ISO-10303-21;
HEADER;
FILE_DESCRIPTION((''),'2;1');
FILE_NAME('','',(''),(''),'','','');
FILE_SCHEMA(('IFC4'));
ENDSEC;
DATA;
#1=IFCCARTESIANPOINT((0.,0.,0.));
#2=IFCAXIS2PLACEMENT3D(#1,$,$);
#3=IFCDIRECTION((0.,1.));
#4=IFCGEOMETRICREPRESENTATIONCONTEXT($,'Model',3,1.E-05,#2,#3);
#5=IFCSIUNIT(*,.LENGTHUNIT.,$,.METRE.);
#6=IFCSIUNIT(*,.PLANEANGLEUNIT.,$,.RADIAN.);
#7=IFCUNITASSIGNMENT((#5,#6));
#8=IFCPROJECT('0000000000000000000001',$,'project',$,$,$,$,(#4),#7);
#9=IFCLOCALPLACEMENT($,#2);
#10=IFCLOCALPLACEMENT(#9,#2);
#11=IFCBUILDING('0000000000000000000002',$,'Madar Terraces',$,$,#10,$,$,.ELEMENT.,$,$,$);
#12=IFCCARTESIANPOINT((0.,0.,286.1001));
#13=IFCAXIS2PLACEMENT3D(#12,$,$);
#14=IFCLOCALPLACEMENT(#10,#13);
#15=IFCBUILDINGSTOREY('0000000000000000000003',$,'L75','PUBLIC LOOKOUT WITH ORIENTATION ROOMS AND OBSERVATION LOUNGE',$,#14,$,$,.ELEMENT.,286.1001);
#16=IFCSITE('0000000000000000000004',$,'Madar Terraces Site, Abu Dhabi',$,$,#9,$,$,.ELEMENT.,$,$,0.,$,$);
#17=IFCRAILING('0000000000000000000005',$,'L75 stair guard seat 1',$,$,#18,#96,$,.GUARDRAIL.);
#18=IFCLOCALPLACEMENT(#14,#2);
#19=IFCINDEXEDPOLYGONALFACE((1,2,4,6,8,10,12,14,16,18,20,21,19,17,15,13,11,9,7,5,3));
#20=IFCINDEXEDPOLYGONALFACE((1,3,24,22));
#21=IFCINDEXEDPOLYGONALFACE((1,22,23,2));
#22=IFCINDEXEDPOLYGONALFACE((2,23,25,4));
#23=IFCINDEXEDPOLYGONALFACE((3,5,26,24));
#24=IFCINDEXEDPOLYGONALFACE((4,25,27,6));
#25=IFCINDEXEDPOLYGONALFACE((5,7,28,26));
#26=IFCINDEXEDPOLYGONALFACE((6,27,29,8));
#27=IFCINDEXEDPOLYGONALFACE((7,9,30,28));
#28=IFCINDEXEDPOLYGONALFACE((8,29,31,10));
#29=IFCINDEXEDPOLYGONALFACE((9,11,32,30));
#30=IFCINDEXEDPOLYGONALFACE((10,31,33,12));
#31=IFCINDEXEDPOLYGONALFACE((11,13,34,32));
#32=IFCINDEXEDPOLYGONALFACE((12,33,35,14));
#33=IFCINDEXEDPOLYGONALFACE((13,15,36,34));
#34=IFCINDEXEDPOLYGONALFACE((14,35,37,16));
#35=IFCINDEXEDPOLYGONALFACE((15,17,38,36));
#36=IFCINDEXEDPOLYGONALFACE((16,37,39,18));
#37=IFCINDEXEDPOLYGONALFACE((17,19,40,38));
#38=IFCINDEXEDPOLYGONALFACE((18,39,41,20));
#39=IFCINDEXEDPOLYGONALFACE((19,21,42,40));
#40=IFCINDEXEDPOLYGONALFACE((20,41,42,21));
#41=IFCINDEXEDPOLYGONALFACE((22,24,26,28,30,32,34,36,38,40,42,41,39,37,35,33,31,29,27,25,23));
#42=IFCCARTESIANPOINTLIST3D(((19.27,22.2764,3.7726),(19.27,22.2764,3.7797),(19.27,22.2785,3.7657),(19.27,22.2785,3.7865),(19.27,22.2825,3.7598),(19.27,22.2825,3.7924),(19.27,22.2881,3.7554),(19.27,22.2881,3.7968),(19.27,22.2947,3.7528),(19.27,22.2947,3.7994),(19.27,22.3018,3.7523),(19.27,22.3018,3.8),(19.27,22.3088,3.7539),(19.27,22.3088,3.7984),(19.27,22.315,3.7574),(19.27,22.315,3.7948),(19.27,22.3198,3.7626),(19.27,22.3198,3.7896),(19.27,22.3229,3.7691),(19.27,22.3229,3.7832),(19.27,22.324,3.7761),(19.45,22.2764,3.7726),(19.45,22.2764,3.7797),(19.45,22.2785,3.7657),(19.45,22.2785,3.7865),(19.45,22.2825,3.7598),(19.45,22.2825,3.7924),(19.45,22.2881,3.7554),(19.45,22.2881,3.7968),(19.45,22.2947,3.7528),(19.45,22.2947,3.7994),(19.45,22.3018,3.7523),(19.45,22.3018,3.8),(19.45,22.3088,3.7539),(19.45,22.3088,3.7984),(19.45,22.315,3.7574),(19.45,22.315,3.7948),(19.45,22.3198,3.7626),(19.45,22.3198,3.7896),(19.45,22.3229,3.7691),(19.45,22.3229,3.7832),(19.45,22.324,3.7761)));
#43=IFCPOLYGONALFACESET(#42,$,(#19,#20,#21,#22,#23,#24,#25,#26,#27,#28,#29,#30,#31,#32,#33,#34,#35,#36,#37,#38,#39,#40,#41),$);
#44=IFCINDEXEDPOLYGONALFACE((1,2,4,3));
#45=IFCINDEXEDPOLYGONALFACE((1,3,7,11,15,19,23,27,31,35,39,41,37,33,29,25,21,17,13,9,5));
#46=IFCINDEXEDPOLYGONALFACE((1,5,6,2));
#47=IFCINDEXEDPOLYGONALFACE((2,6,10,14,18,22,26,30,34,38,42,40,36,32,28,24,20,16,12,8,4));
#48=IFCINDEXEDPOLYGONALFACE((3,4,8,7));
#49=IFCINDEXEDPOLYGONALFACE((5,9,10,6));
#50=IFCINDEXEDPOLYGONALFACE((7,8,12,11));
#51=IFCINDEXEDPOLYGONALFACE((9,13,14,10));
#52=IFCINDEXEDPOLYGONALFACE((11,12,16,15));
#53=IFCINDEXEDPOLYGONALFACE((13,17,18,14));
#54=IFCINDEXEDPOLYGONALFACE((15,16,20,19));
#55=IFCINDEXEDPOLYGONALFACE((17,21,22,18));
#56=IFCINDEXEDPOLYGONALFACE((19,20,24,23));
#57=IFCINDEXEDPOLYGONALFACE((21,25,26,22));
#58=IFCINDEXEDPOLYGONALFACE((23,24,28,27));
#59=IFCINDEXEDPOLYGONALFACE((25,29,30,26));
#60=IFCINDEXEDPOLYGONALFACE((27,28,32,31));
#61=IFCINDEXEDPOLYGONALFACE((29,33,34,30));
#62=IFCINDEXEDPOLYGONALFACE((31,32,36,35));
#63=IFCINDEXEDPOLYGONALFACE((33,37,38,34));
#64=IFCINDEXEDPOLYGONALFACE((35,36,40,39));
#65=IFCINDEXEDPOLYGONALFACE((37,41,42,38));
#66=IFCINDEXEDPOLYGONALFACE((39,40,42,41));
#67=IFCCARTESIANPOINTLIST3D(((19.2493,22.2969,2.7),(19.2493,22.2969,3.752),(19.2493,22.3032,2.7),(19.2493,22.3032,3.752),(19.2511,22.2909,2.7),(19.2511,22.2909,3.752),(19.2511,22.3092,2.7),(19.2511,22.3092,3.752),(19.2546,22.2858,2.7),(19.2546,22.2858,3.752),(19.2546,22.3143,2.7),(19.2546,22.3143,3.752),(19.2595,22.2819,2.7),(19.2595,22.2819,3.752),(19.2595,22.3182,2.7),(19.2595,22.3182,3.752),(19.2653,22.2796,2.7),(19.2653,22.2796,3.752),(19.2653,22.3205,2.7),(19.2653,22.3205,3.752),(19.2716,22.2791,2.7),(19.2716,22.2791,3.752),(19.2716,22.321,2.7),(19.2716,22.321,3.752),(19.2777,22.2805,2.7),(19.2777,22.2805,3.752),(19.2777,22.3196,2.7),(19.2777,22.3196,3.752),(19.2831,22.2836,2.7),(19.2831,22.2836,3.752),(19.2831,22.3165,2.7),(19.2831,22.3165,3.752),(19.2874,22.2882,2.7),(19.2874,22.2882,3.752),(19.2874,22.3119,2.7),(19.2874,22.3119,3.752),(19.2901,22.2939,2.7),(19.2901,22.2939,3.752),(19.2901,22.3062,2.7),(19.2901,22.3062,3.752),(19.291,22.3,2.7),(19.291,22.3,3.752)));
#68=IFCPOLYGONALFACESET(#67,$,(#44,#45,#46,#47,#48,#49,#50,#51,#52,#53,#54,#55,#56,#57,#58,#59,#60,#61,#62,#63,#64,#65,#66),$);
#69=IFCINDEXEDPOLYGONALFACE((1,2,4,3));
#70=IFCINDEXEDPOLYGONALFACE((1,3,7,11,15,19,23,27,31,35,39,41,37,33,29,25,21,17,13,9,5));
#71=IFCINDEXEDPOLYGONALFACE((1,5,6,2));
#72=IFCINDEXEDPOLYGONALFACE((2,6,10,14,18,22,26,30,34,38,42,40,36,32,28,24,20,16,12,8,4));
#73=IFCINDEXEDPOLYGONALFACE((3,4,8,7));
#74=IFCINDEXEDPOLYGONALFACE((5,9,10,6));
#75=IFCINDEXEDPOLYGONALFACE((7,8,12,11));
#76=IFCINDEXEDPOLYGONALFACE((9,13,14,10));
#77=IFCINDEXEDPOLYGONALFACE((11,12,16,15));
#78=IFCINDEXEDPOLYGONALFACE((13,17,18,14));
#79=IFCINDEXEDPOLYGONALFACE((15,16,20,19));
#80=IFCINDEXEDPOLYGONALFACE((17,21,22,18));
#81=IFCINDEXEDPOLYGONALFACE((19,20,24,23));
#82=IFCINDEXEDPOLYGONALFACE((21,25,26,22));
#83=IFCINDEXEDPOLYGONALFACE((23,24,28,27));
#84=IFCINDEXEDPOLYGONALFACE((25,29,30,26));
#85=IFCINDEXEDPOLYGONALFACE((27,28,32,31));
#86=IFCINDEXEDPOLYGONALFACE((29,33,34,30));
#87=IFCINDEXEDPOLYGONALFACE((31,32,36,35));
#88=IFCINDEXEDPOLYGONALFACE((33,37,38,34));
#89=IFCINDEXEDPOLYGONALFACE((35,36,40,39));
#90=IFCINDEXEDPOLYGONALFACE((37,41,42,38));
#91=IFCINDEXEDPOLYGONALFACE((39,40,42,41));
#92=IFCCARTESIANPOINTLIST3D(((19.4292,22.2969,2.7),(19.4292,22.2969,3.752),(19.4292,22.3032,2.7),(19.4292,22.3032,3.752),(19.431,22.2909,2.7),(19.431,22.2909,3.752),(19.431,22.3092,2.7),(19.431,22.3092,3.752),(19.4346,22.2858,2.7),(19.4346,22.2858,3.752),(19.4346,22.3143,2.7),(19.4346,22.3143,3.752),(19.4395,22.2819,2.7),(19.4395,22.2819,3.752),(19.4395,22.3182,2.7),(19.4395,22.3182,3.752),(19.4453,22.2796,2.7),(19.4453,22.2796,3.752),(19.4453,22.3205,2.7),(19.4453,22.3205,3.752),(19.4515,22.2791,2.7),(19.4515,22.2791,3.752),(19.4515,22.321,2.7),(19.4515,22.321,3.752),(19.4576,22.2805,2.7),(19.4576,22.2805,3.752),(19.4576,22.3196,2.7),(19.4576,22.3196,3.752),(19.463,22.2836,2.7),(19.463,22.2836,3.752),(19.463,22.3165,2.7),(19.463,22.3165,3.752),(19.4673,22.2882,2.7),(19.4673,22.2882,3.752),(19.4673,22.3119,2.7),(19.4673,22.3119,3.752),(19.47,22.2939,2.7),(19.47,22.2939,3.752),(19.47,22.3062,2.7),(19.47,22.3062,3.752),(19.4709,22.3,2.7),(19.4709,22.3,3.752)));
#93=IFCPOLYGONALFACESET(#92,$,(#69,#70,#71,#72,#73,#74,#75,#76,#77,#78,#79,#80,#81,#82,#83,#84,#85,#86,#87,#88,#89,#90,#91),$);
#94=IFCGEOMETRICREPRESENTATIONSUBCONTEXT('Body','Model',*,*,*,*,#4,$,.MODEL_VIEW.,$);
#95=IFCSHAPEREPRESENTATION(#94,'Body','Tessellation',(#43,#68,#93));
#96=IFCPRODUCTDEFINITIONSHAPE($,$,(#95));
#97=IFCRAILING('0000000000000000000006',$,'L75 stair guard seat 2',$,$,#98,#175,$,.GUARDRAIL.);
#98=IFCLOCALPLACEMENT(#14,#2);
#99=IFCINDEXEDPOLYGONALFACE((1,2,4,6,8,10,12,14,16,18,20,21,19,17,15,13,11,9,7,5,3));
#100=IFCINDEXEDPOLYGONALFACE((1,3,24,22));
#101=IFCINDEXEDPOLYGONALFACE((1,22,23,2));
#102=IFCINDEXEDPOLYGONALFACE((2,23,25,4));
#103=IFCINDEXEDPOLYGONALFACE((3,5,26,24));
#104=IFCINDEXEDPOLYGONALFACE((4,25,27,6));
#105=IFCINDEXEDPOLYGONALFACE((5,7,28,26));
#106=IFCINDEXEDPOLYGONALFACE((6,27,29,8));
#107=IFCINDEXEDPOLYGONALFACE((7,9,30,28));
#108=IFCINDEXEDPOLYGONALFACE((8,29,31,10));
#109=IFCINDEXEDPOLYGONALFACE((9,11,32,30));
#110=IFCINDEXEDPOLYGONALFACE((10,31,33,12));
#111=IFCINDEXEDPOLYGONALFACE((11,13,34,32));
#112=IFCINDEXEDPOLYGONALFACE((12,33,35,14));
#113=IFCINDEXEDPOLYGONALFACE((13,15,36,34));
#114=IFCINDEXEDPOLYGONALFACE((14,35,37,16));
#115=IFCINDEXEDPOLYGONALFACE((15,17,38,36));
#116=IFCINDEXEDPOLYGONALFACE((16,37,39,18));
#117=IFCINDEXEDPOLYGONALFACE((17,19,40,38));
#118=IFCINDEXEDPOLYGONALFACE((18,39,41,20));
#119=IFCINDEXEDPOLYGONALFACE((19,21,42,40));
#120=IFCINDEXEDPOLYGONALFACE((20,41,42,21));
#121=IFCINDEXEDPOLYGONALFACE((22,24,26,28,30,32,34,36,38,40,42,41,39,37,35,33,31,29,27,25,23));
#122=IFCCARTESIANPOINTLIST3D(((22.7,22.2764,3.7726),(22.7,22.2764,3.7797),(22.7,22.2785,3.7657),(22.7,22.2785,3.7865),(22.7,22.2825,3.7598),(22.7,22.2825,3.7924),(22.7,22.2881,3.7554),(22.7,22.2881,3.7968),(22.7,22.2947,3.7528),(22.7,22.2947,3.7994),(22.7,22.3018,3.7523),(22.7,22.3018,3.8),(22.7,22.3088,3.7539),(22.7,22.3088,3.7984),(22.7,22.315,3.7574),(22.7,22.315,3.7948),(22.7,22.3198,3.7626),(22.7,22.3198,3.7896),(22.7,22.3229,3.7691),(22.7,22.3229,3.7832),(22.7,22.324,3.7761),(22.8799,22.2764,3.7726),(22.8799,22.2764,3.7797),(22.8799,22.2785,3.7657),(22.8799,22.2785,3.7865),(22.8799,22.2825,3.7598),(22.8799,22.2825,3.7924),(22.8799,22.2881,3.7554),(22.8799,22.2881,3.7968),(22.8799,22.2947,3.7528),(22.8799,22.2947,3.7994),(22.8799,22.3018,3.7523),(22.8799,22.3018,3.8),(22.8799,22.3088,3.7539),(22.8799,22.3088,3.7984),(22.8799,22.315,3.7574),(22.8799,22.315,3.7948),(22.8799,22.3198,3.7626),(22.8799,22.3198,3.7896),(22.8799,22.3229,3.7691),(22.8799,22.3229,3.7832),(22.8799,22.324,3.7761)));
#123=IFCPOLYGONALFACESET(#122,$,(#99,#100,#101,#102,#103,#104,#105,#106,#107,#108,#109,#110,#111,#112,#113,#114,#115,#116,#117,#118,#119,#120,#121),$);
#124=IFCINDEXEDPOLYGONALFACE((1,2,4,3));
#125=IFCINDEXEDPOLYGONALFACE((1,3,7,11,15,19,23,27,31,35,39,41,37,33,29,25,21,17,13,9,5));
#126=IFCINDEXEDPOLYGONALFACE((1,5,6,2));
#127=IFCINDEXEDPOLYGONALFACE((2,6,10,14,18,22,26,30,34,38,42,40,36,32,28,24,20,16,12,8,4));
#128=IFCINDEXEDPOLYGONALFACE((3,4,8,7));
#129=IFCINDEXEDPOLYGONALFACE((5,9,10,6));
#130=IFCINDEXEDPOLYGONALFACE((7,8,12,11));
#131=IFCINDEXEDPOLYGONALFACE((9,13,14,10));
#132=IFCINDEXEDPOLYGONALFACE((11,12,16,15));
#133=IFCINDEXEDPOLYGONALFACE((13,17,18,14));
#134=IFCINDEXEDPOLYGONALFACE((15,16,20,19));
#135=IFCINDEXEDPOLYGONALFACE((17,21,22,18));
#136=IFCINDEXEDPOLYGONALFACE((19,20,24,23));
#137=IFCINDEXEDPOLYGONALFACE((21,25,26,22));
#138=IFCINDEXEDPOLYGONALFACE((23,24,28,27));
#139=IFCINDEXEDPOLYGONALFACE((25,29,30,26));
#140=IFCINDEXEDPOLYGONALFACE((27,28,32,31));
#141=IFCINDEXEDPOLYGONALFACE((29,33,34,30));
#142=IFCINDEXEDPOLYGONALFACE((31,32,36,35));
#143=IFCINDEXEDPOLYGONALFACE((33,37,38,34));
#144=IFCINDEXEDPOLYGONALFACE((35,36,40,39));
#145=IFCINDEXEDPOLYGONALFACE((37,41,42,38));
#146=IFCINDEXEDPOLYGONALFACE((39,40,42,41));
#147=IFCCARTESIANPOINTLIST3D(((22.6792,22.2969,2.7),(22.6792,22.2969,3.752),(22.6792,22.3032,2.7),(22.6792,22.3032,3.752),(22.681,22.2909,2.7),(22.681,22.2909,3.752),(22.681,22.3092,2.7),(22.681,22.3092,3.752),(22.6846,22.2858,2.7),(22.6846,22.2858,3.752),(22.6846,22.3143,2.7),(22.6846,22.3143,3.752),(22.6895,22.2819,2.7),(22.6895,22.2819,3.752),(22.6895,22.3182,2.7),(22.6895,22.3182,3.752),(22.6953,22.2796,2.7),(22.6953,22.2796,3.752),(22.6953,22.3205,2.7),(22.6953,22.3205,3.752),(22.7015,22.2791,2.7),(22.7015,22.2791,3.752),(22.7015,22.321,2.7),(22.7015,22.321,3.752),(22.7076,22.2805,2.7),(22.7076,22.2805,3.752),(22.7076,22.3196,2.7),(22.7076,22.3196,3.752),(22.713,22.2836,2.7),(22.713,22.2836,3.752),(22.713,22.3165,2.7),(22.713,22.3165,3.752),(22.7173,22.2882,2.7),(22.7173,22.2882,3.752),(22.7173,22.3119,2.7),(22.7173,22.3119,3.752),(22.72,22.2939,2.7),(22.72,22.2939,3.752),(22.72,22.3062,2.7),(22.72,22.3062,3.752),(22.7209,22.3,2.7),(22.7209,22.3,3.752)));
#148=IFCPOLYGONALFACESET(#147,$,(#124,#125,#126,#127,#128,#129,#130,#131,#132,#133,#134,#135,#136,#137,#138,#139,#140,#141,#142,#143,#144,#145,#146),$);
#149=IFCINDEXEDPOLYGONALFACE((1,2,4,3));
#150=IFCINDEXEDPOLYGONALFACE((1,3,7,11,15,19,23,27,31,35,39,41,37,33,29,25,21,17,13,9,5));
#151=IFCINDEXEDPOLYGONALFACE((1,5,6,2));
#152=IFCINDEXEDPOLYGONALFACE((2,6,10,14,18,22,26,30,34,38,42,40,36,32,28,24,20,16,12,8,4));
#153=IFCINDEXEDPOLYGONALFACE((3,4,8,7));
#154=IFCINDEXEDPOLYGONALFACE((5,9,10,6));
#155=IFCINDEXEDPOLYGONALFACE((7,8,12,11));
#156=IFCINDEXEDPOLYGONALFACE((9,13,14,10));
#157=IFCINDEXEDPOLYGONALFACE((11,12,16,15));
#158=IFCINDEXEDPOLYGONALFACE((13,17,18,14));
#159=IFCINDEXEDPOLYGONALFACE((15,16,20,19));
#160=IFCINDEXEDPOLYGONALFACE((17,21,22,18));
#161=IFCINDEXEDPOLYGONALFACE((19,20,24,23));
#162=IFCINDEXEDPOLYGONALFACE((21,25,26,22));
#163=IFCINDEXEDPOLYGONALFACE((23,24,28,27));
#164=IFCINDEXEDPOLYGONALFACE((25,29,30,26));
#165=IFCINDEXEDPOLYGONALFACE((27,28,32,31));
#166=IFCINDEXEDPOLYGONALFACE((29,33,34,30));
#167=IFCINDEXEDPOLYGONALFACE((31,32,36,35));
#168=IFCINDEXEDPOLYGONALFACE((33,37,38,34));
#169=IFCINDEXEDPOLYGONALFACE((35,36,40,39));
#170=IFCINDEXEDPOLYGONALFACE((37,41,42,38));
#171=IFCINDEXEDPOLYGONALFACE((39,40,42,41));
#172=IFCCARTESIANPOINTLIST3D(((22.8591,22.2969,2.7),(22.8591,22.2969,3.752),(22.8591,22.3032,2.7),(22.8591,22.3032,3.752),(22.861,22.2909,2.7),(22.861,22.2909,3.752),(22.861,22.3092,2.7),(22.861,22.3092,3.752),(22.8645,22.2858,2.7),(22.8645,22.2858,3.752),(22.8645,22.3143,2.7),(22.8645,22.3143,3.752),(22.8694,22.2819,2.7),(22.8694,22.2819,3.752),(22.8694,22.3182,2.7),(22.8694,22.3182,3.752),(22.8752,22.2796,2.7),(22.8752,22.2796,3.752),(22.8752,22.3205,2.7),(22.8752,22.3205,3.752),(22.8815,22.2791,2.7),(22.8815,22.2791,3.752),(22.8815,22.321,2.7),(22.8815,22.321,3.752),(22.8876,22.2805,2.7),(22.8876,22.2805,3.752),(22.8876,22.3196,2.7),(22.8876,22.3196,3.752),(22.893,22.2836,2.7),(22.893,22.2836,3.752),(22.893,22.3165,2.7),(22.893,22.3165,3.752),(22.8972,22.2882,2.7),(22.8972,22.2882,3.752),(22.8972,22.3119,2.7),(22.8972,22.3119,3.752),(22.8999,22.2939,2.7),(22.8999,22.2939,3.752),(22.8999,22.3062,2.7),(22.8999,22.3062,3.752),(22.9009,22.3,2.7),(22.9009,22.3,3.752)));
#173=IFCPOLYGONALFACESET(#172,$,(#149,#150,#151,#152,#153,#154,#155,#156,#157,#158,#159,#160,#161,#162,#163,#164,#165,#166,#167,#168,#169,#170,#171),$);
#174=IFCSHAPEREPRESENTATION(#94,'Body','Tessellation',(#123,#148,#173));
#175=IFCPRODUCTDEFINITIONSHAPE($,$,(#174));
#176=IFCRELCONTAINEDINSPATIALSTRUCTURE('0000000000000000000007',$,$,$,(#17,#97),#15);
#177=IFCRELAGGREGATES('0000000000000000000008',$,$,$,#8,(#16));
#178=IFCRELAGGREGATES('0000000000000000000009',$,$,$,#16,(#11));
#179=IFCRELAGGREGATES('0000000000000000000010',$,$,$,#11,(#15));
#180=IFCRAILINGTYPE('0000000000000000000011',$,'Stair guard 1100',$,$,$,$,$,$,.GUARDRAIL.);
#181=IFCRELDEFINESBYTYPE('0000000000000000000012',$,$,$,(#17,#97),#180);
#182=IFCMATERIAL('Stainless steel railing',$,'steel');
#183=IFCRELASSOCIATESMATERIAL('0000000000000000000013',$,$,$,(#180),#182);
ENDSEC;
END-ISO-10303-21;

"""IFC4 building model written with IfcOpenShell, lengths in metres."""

from ifc_helpers import new_model, si_unit, direction, frame, origin, origin_2d, place, context, subcontext, project, spatial, circle, extrude, material, type_object, element, save


model = new_model("IFC4")

# Units and contexts
model_context = context("Model", 3, precision=1e-05, world=origin(), true_north=direction((0.0, 1.0)))
body_context = subcontext(model_context, "Body", "Model", "MODEL_VIEW")
ifc_project = project(units=[si_unit("LENGTHUNIT", "METRE"), si_unit("PLANEANGLEUNIT", "RADIAN")], contexts=[model_context])

# Site, building, storey
site_placement = place(None, origin())
site = spatial("IfcSite", under=ifc_project, at=site_placement, Name="Madar Terraces Site, Abu Dhabi", CompositionType="ELEMENT", RefElevation=0.0)
building_placement = place(site_placement, origin())
building = spatial("IfcBuilding", under=site, at=building_placement, Name="Madar Terraces", CompositionType="ELEMENT")
storey_placement = place(building_placement, frame((0.0, 0.0, 286.1001)))
storey = spatial("IfcBuildingStorey", under=building, at=storey_placement, Name="L75", Description="PUBLIC LOOKOUT WITH ORIENTATION ROOMS AND OBSERVATION LOUNGE", CompositionType="ELEMENT", Elevation=286.1001)

# Railings
ifc_material_1 = material(Name="Stainless steel railing", Category="steel")
railing_type_1 = type_object("IfcRailingType", Name="Stair guard 1100", PredefinedType="GUARDRAIL", material=ifc_material_1)
for number, where, name in (
    (1, (19.27, 22.3, 2.7), "L75 stair guard seat 1"),
    (2, (22.7, 22.3, 2.7), "L75 stair guard seat 2"),
):
    element("IfcRailing", number, at=place(storey_placement, frame(where)), inside=storey, type_object=railing_type_1, Name=name, PredefinedType="GUARDRAIL", context=body_context, shape_type="SweptSolid", body=[
        extrude(circle(Radius=0.0239, at=origin_2d()), frame((0.0, 0.0, 1.0762), z_axis=(1.0, 0.0, 0.0), x_axis=(0.0, 1.0, 0.0)), (0.0, 0.0, 1.0), 0.1799),
        extrude(circle(Radius=0.021, at=origin_2d()), origin(), (0.0, 0.0, 1.0), 1.052),
        extrude(circle(Radius=0.021, at=origin_2d()), frame((0.1799, 0.0, 0.0)), (0.0, 0.0, 1.0), 1.052),
    ])

save(model, "model.ifc")
